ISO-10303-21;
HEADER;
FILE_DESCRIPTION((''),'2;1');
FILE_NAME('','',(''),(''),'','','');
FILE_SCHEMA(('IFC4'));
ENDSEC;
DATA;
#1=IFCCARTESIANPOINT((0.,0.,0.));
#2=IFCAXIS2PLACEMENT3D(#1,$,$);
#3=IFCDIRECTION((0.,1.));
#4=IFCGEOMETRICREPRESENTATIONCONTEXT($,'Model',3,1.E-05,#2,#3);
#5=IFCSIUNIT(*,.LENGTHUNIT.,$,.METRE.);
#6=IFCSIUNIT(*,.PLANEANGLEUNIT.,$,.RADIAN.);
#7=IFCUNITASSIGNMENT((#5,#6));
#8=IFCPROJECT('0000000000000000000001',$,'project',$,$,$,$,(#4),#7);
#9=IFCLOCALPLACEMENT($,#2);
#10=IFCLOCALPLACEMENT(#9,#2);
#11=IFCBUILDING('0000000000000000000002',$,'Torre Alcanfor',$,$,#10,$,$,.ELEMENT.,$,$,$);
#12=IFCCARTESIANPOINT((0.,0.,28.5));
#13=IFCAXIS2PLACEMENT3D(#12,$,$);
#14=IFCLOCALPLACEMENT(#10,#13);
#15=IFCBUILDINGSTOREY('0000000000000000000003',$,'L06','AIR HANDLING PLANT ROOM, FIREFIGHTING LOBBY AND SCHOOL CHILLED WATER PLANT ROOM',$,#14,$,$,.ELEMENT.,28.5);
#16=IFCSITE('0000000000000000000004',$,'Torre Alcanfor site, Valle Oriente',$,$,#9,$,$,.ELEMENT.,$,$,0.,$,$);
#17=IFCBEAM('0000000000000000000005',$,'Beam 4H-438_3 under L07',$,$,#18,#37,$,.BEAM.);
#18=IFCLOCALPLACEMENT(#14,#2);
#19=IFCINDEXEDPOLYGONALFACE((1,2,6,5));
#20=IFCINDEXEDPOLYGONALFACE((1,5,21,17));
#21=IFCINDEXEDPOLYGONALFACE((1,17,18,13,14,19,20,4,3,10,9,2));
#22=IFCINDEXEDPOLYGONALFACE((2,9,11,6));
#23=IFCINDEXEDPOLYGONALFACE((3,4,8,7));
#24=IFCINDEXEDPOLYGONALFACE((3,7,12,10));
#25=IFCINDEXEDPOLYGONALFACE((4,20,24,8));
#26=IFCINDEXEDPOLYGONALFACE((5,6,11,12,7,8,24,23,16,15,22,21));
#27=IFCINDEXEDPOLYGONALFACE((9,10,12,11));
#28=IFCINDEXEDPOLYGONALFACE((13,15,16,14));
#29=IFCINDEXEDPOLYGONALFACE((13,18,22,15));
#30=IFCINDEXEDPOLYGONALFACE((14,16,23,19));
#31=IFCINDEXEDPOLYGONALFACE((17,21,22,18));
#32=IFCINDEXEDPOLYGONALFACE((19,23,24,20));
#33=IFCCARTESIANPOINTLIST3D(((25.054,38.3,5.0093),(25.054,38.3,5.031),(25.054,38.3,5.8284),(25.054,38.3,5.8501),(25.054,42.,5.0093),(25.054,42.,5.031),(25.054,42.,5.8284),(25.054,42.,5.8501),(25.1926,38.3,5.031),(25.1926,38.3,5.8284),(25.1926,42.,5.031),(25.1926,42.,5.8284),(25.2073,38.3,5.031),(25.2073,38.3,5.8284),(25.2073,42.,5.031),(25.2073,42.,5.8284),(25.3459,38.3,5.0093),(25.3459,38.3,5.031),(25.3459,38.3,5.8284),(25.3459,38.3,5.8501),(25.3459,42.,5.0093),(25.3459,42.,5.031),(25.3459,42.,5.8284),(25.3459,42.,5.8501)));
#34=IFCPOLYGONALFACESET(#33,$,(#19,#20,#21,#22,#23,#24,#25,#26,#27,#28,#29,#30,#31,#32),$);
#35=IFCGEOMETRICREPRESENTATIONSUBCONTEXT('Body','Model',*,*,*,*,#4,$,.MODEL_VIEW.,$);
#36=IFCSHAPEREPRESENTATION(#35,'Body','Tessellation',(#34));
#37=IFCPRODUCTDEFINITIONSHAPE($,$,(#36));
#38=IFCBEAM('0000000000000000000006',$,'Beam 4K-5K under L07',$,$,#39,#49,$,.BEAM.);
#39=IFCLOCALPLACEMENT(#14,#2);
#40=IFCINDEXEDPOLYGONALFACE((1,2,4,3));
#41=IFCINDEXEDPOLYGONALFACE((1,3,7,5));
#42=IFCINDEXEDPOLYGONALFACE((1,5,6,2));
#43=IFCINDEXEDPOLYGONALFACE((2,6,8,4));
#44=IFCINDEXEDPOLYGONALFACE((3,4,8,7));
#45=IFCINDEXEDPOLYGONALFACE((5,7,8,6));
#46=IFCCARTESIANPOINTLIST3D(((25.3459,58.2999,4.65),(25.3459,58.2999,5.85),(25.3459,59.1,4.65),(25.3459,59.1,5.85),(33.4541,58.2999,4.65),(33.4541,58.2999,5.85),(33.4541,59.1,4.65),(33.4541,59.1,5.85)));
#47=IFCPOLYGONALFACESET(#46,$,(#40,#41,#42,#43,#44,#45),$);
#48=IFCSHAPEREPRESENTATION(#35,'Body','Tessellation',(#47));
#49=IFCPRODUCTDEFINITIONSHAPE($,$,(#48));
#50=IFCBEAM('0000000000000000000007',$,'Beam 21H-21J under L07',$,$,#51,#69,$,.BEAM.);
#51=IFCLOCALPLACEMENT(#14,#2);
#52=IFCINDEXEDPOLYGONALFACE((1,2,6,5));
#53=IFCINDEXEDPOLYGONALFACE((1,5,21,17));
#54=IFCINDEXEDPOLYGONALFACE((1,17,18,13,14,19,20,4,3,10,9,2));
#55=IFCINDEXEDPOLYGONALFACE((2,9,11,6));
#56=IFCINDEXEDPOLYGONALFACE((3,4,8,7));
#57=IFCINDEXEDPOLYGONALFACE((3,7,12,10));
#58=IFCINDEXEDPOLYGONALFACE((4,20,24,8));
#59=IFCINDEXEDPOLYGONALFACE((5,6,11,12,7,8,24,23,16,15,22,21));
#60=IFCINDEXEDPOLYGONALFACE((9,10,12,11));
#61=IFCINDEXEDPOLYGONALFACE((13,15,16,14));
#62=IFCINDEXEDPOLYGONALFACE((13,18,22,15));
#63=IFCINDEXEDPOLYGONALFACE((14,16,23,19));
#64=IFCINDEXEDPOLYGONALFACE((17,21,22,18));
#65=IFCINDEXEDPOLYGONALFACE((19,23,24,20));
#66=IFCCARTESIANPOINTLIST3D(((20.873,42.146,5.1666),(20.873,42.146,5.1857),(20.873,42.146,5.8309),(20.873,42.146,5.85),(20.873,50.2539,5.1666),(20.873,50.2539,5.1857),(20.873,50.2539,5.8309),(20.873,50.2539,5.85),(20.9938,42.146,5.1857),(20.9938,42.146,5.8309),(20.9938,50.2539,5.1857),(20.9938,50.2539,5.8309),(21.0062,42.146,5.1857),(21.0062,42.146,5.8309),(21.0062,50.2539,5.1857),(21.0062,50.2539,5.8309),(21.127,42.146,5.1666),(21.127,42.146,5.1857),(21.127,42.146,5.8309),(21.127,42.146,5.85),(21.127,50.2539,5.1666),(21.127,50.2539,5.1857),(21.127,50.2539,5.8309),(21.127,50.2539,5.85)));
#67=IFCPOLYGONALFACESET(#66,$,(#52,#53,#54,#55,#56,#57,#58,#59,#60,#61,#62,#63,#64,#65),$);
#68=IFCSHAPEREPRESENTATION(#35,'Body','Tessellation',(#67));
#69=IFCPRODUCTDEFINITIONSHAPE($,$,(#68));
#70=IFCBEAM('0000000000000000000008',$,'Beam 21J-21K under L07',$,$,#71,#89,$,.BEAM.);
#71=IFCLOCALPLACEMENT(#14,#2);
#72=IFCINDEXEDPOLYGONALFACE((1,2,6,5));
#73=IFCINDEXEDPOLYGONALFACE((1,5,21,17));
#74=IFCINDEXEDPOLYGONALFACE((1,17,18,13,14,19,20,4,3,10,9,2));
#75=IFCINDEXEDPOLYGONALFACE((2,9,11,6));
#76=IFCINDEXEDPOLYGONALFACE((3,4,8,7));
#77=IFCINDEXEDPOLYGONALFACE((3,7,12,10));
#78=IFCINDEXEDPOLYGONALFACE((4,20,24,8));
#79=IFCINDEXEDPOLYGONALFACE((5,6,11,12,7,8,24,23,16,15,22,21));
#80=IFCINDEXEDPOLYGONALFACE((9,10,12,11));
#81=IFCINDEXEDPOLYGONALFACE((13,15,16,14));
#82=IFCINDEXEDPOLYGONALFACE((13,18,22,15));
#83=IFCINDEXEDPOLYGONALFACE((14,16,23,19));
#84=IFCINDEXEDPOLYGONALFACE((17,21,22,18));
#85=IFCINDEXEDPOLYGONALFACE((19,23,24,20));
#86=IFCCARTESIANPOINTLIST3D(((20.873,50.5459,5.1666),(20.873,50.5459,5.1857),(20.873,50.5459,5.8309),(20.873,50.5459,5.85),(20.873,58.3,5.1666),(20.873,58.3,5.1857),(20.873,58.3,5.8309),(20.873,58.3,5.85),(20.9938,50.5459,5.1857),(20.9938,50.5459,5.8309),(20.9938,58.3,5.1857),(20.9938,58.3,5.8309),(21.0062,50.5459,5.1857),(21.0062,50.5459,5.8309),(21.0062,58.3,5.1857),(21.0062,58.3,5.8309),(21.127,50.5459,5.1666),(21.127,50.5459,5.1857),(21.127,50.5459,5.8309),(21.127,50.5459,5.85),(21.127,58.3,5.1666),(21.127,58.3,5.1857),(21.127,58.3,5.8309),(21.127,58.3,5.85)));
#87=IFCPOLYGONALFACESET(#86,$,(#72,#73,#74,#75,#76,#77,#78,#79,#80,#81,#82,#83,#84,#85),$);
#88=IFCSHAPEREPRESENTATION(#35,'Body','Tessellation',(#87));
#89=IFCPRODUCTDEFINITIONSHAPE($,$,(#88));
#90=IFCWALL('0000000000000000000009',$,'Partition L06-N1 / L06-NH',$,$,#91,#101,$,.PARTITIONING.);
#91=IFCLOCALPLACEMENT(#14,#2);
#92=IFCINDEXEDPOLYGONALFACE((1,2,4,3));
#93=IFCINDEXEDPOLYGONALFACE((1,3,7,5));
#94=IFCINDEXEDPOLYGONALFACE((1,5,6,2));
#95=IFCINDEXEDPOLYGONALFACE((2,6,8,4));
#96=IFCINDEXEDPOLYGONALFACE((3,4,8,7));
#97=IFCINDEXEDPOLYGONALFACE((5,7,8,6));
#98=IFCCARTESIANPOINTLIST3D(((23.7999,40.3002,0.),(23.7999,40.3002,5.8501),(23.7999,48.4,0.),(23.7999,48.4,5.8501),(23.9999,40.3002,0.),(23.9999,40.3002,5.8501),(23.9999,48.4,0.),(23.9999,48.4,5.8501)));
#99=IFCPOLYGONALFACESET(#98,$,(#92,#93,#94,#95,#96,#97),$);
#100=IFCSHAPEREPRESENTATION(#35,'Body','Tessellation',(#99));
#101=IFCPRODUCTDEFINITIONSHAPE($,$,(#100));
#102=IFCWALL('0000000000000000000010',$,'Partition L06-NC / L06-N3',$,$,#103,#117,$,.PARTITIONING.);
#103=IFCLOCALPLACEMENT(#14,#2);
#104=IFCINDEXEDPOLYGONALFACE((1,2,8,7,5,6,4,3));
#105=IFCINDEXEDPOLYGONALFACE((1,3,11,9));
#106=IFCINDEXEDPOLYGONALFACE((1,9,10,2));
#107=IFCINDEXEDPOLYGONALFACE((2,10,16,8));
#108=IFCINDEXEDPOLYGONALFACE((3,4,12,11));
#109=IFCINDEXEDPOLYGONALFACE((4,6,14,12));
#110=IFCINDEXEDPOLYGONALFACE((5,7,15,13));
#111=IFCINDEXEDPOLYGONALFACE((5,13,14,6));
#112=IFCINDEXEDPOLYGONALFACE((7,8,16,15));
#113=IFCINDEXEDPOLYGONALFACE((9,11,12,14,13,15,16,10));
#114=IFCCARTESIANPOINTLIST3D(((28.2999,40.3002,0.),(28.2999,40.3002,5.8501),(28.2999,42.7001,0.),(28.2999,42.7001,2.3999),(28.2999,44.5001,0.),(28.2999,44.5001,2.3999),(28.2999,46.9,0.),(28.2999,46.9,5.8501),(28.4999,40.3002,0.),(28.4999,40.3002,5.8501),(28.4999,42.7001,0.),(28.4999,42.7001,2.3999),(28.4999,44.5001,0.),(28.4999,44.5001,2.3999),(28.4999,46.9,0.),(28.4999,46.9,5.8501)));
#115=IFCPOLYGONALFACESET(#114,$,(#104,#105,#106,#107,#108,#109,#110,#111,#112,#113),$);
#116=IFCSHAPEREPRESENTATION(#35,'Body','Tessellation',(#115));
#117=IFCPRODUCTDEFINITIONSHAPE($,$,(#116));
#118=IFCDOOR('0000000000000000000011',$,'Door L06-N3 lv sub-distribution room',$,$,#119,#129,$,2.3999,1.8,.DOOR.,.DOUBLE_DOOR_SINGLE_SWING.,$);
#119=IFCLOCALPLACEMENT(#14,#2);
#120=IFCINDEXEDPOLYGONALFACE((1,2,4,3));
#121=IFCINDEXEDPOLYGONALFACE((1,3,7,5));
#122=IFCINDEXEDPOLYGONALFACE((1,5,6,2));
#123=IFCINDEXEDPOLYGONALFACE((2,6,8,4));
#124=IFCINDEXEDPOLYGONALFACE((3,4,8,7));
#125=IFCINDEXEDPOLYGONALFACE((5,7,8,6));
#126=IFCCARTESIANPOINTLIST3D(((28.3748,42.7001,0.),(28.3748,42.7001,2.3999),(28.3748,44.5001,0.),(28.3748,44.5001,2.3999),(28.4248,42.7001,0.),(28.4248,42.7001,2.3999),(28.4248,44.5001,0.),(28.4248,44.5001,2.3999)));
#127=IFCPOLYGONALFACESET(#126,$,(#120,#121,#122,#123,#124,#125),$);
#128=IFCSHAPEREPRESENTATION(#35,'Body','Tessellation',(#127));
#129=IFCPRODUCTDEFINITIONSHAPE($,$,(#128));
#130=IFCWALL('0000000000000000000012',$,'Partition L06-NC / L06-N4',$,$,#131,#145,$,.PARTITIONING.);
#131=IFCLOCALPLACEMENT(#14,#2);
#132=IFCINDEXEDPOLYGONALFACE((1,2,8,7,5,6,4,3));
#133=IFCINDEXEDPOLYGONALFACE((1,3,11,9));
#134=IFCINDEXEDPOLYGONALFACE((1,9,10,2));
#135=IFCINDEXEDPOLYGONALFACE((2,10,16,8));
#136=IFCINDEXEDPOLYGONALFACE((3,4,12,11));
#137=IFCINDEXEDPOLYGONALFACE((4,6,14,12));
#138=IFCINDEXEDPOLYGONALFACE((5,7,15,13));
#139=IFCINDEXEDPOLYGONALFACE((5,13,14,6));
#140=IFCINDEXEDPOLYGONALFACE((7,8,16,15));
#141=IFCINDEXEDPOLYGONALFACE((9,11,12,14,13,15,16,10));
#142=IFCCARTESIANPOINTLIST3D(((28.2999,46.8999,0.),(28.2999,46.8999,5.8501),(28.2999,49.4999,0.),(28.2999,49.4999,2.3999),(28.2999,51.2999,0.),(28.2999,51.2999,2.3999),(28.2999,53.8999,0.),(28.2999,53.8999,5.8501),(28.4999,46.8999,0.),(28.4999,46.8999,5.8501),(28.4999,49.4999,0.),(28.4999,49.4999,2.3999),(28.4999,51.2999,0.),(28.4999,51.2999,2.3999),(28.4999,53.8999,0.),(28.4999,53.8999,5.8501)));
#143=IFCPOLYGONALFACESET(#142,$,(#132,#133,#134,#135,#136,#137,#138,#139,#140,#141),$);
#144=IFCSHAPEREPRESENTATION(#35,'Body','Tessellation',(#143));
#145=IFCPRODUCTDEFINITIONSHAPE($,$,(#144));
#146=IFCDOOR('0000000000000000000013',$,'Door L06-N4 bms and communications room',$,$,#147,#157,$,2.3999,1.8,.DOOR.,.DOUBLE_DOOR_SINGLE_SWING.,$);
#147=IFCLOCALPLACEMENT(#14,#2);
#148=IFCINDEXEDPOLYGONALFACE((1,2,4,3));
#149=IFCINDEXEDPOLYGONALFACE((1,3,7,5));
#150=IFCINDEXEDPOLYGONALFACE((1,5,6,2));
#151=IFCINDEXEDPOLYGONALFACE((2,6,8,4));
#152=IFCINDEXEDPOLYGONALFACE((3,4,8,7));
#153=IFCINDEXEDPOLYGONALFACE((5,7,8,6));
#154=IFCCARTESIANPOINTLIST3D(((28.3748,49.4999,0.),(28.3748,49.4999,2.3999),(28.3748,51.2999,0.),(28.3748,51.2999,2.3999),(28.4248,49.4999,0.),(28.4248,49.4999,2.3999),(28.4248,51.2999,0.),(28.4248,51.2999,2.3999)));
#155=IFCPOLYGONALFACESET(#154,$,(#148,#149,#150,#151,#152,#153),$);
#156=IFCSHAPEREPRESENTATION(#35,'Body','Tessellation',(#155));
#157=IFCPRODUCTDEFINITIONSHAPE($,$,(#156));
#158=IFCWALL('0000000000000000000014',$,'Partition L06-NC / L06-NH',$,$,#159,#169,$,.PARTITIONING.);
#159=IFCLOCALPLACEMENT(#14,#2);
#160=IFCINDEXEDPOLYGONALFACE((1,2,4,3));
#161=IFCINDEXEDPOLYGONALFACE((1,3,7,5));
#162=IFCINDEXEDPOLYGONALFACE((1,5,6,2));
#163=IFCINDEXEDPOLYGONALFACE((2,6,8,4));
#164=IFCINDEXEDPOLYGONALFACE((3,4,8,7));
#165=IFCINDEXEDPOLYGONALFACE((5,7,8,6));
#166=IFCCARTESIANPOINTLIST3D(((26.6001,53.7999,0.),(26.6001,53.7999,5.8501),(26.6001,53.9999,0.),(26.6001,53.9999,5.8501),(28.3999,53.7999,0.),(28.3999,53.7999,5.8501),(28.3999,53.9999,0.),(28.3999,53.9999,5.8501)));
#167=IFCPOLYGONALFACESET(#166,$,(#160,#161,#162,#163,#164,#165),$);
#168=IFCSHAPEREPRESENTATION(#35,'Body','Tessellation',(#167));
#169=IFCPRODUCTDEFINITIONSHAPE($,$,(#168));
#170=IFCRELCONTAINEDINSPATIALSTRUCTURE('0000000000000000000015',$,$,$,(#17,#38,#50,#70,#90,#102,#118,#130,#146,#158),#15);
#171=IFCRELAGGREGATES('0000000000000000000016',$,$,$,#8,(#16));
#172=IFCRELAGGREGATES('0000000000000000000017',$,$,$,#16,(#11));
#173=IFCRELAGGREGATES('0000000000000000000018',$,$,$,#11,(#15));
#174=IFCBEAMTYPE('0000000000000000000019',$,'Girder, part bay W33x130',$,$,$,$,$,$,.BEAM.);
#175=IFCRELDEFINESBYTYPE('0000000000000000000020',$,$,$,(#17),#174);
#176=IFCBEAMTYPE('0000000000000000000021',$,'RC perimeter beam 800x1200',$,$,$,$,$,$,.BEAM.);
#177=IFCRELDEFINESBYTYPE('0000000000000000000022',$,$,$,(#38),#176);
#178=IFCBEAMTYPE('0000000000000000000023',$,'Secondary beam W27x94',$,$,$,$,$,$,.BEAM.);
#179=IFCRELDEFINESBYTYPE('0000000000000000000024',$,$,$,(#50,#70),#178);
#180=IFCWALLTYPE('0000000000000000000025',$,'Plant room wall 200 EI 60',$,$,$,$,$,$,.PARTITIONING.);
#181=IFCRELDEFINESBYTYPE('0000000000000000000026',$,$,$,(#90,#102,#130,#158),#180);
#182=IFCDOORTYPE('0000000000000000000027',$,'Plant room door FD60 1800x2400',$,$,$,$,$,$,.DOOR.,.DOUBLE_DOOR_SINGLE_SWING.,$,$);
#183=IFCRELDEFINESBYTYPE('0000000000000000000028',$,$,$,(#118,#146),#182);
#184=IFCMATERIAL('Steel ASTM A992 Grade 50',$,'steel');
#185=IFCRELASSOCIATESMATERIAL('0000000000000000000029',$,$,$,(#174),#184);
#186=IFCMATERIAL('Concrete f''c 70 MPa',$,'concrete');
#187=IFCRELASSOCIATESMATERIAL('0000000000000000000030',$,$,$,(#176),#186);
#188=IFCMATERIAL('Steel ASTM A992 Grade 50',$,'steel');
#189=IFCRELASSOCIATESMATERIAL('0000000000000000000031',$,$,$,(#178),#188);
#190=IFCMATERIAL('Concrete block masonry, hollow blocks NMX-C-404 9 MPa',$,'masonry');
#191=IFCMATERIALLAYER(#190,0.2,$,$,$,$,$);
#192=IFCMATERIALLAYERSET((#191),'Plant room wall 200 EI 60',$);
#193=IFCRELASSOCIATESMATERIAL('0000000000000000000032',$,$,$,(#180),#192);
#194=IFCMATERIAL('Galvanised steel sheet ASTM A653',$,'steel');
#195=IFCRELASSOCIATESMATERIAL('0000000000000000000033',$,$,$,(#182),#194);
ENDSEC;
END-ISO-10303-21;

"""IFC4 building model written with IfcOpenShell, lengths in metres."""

from ifc_helpers import new_model, si_unit, direction, frame, frame_2d, origin, origin_2d, place, context, subcontext, project, spatial, rectangle, i_section, extrude, material, layer, layer_set, material_profile, profile_set, type_object, element, fill, save


model = new_model("IFC4")

# Units and contexts
model_context = context("Model", 3, precision=1e-05, world=origin(), true_north=direction((0.0, 1.0)))
body_context = subcontext(model_context, "Body", "Model", "MODEL_VIEW")
ifc_project = project(units=[si_unit("LENGTHUNIT", "METRE"), si_unit("PLANEANGLEUNIT", "RADIAN")], contexts=[model_context])

# Site, building, storey
site_placement = place(None, origin())
site = spatial("IfcSite", under=ifc_project, at=site_placement, Name="Torre Alcanfor site, Valle Oriente", CompositionType="ELEMENT", RefElevation=0.0)
building_placement = place(site_placement, origin())
building = spatial("IfcBuilding", under=site, at=building_placement, Name="Torre Alcanfor", CompositionType="ELEMENT")
storey_placement = place(building_placement, frame((0.0, 0.0, 28.5)))
storey = spatial("IfcBuildingStorey", under=building, at=storey_placement, Name="L06", Description="AIR HANDLING PLANT ROOM, FIREFIGHTING LOBBY AND SCHOOL CHILLED WATER PLANT ROOM", CompositionType="ELEMENT", Elevation=28.5)

# Beams
ifc_material_1 = material(Name="Steel ASTM A992 Grade 50", Category="steel")
ifc_material_profile_1 = material_profile(ifc_material_1, i_section(OverallWidth=0.292, OverallDepth=0.8408, WebThickness=0.0146, FlangeThickness=0.0217, at=origin_2d()), Name="W33x130")
ifc_profile_set_1 = profile_set([ifc_material_profile_1], Name="Steel ASTM A992 Grade 50")
beam_type_1 = type_object("IfcBeamType", Name="Girder, part bay W33x130", PredefinedType="BEAM", material=ifc_profile_set_1)
beam_1_placement = place(storey_placement, frame((25.2, 42.0, 5.4297), z_axis=(0.0, -1.0, 0.0), x_axis=(1.0, 0.0, 0.0)))
element("IfcBeam", 1, at=beam_1_placement, inside=storey, type_object=beam_type_1, Name="Beam 4H-438_3 under L07", PredefinedType="BEAM", context=body_context, shape_type="SweptSolid", body=[
    extrude(i_section(OverallWidth=0.292, OverallDepth=0.8408, WebThickness=0.0146, FlangeThickness=0.0217, at=origin_2d()), origin(), (0.0, 0.0, 1.0), 3.7),
])
ifc_material_2 = material(Name="Concrete f'c 70 MPa", Category="concrete")
ifc_material_profile_2 = material_profile(ifc_material_2, rectangle(XDim=0.8, YDim=1.2, at=origin_2d()), Name="800x1200")
ifc_profile_set_2 = profile_set([ifc_material_profile_2], Name="Concrete f'c 70 MPa")
beam_type_2 = type_object("IfcBeamType", Name="RC perimeter beam 800x1200", PredefinedType="BEAM", material=ifc_profile_set_2)
beam_2_placement = place(storey_placement, frame((25.3459, 58.7, 5.25), z_axis=(1.0, 0.0, 0.0), x_axis=(0.0, 1.0, 0.0)))
element("IfcBeam", 2, at=beam_2_placement, inside=storey, type_object=beam_type_2, Name="Beam 4K-5K under L07", PredefinedType="BEAM", context=body_context, shape_type="SweptSolid", body=[
    extrude(rectangle(XDim=0.8, YDim=1.2, at=origin_2d()), origin(), (0.0, 0.0, 1.0), 8.1082),
])
ifc_material_3 = material(Name="Steel ASTM A992 Grade 50", Category="steel")
ifc_material_profile_3 = material_profile(ifc_material_3, i_section(OverallWidth=0.2539, OverallDepth=0.6833, WebThickness=0.0125, FlangeThickness=0.019, at=origin_2d()), Name="W27x94")
ifc_profile_set_3 = profile_set([ifc_material_profile_3], Name="Steel ASTM A992 Grade 50")
beam_type_3 = type_object("IfcBeamType", Name="Secondary beam W27x94", PredefinedType="BEAM", material=ifc_profile_set_3)
beam_3_placement = place(storey_placement, frame((21.0, 42.146, 5.5083), z_axis=(0.0, 1.0, 0.0), x_axis=(-1.0, 0.0, 0.0)))
element("IfcBeam", 3, at=beam_3_placement, inside=storey, type_object=beam_type_3, Name="Beam 21H-21J under L07", PredefinedType="BEAM", context=body_context, shape_type="SweptSolid", body=[
    extrude(i_section(OverallWidth=0.2539, OverallDepth=0.6833, WebThickness=0.0125, FlangeThickness=0.019, at=origin_2d()), origin(), (0.0, 0.0, 1.0), 8.1079),
])
beam_4_placement = place(storey_placement, frame((21.0, 50.5459, 5.5083), z_axis=(0.0, 1.0, 0.0), x_axis=(-1.0, 0.0, 0.0)))
element("IfcBeam", 4, at=beam_4_placement, inside=storey, type_object=beam_type_3, Name="Beam 21J-21K under L07", PredefinedType="BEAM", context=body_context, shape_type="SweptSolid", body=[
    extrude(i_section(OverallWidth=0.2539, OverallDepth=0.6833, WebThickness=0.0125, FlangeThickness=0.019, at=origin_2d()), origin(), (0.0, 0.0, 1.0), 7.7542),
])

# Wall
ifc_material_4 = material(Name="Concrete block masonry, hollow blocks NMX-C-404 9 MPa", Category="masonry")
ifc_layer_1 = layer(ifc_material_4, 0.2)
ifc_layer_set_1 = layer_set([ifc_layer_1], Name="Plant room wall 200 EI 60")
wall_type = type_object("IfcWallType", Name="Plant room wall 200 EI 60", PredefinedType="PARTITIONING", material=ifc_layer_set_1)
wall_1_placement = place(storey_placement, frame((23.8999, 48.3999, 0.0), z_axis=(0.0, 0.0, 1.0), x_axis=(0.0, -1.0, 0.0)))
element("IfcWall", 5, at=wall_1_placement, inside=storey, type_object=wall_type, Name="Partition L06-N1 / L06-NH", PredefinedType="PARTITIONING", context=body_context, shape_type="SweptSolid", body=[
    extrude(rectangle(XDim=8.0999, YDim=0.2, at=frame_2d((4.0498, 0.0))), origin(), (0.0, 0.0, 1.0), 5.8501),
])

# Walls, openings, doors
wall_2_placement = place(storey_placement, frame((28.3999, 46.8999, 0.0), z_axis=(0.0, 0.0, 1.0), x_axis=(0.0, -1.0, 0.0)))
wall_2 = element("IfcWall", 6, at=wall_2_placement, inside=storey, type_object=wall_type, Name="Partition L06-NC / L06-N3", PredefinedType="PARTITIONING", context=body_context, shape_type="SweptSolid", body=[
    extrude(rectangle(XDim=6.5999, YDim=0.2, at=frame_2d((3.2998, 0.0))), origin(), (0.0, 0.0, 1.0), 5.8501),
])
opening_1_placement = place(wall_2_placement, frame((2.3999, 0.0, 0.0)))
opening_1 = element("IfcOpeningElement", 7, at=opening_1_placement, cuts=wall_2, PredefinedType="OPENING", context=body_context, shape_type="SweptSolid", body=[
    extrude(rectangle(XDim=1.8, YDim=2.3999, at=frame_2d((0.8999, 1.2))), frame((0.0, 0.1099, 0.0), z_axis=(0.0, -1.0, 0.0), x_axis=(1.0, 0.0, 0.0)), (0.0, 0.0, 1.0), 0.22),
])
ifc_material_5 = material(Name="Galvanised steel sheet ASTM A653", Category="steel")
door_type = type_object("IfcDoorType", Name="Plant room door FD60 1800x2400", OperationType="DOUBLE_DOOR_SINGLE_SWING", PredefinedType="DOOR", material=ifc_material_5)
door_1_placement = place(opening_1_placement, origin())
door_1 = element("IfcDoor", 8, at=door_1_placement, inside=storey, type_object=door_type, Name="Door L06-N3 lv sub-distribution room", OperationType="DOUBLE_DOOR_SINGLE_SWING", OverallHeight=2.3999, OverallWidth=1.8, PredefinedType="DOOR", context=body_context, shape_type="SweptSolid", body=[
    extrude(rectangle(XDim=1.8, YDim=2.3999, at=frame_2d((0.8999, 1.2))), frame((0.0, 0.0249, 0.0), z_axis=(0.0, -1.0, 0.0), x_axis=(1.0, 0.0, 0.0)), (0.0, 0.0, 1.0), 0.05),
])
fill(opening_1, door_1)
wall_3_placement = place(storey_placement, frame((28.3999, 53.8999, 0.0), z_axis=(0.0, 0.0, 1.0), x_axis=(0.0, -1.0, 0.0)))
wall_3 = element("IfcWall", 9, at=wall_3_placement, inside=storey, type_object=wall_type, Name="Partition L06-NC / L06-N4", PredefinedType="PARTITIONING", context=body_context, shape_type="SweptSolid", body=[
    extrude(rectangle(XDim=7.0, YDim=0.2, at=frame_2d((3.5, 0.0))), origin(), (0.0, 0.0, 1.0), 5.8501),
])
opening_2_placement = place(wall_3_placement, frame((2.6001, 0.0, 0.0)))
opening_2 = element("IfcOpeningElement", 10, at=opening_2_placement, cuts=wall_3, PredefinedType="OPENING", context=body_context, shape_type="SweptSolid", body=[
    extrude(rectangle(XDim=1.8, YDim=2.3999, at=frame_2d((0.8999, 1.2))), frame((0.0, 0.1099, 0.0), z_axis=(0.0, -1.0, 0.0), x_axis=(1.0, 0.0, 0.0)), (0.0, 0.0, 1.0), 0.22),
])
door_2_placement = place(opening_2_placement, origin())
door_2 = element("IfcDoor", 11, at=door_2_placement, inside=storey, type_object=door_type, Name="Door L06-N4 bms and communications room", OperationType="DOUBLE_DOOR_SINGLE_SWING", OverallHeight=2.3999, OverallWidth=1.8, PredefinedType="DOOR", context=body_context, shape_type="SweptSolid", body=[
    extrude(rectangle(XDim=1.8, YDim=2.3999, at=frame_2d((0.8999, 1.2))), frame((0.0, 0.0249, 0.0), z_axis=(0.0, -1.0, 0.0), x_axis=(1.0, 0.0, 0.0)), (0.0, 0.0, 1.0), 0.05),
])
fill(opening_2, door_2)

# Wall
wall_4_placement = place(storey_placement, frame((26.6001, 53.8999, 0.0), z_axis=(0.0, 0.0, 1.0), x_axis=(1.0, 0.0, 0.0)))
element("IfcWall", 12, at=wall_4_placement, inside=storey, type_object=wall_type, Name="Partition L06-NC / L06-NH", PredefinedType="PARTITIONING", context=body_context, shape_type="SweptSolid", body=[
    extrude(rectangle(XDim=1.7998, YDim=0.2, at=frame_2d((0.8999, 0.0))), origin(), (0.0, 0.0, 1.0), 5.8501),
])

save(model, "model.ifc")
